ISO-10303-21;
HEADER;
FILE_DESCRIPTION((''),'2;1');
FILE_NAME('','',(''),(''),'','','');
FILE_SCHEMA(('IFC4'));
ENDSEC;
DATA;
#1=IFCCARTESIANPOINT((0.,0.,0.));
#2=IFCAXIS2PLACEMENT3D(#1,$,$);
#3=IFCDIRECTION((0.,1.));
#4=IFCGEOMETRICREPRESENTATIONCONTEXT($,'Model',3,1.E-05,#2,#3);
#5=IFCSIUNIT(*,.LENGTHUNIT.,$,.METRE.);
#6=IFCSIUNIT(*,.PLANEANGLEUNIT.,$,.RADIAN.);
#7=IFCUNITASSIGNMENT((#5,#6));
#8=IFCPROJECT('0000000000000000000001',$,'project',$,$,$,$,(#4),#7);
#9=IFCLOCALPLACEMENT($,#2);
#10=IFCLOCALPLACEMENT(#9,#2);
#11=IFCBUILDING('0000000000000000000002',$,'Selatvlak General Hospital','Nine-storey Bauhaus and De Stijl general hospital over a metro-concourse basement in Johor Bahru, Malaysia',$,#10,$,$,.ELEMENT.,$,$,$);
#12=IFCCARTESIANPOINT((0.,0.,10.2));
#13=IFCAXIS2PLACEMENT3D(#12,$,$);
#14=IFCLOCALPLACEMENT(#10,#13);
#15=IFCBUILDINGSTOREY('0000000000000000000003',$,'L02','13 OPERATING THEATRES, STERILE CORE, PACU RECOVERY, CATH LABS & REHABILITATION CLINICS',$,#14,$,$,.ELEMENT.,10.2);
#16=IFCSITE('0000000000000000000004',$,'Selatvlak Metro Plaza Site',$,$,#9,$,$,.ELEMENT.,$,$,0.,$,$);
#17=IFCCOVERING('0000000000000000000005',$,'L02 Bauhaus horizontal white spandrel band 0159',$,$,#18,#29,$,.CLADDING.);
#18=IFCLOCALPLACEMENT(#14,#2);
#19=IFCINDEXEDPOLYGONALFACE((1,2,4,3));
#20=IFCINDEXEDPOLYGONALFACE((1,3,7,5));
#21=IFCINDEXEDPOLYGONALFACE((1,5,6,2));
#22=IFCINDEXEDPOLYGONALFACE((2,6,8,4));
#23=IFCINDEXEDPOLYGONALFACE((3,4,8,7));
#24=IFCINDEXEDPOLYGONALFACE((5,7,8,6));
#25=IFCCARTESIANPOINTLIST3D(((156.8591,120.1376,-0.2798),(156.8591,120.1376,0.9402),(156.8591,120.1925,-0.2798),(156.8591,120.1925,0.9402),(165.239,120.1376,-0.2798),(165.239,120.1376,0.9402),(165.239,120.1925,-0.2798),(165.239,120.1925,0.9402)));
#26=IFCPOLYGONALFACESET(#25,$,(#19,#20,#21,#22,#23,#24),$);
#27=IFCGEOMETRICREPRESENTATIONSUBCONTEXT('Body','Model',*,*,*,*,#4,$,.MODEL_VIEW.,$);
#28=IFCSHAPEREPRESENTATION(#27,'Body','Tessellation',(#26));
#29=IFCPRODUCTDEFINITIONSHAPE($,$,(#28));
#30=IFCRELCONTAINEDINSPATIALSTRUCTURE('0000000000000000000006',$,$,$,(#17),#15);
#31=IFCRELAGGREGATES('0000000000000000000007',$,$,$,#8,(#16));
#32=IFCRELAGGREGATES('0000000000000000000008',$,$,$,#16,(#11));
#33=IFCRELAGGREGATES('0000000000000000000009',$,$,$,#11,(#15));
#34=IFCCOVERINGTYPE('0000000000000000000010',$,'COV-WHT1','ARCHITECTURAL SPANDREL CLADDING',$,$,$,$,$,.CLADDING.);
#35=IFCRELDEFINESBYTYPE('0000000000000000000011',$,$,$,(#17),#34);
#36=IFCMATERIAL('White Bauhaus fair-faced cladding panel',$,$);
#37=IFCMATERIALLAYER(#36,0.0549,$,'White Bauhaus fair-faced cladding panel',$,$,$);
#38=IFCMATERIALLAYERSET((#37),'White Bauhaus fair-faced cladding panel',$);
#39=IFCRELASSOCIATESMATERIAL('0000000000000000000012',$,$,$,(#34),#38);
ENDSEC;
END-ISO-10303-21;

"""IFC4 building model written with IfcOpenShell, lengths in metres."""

from ifc_helpers import new_model, si_unit, direction, frame, origin, origin_2d, place, context, subcontext, project, spatial, rectangle, extrude, material, layer, layer_set, type_object, element, save


model = new_model("IFC4")

# Units and contexts
model_context = context("Model", 3, precision=1e-05, world=origin(), true_north=direction((0.0, 1.0)))
body_context = subcontext(model_context, "Body", "Model", "MODEL_VIEW")
ifc_project = project(units=[si_unit("LENGTHUNIT", "METRE"), si_unit("PLANEANGLEUNIT", "RADIAN")], contexts=[model_context])

# Site, building, storey
site_placement = place(None, origin())
site = spatial("IfcSite", under=ifc_project, at=site_placement, Name="Selatvlak Metro Plaza Site", CompositionType="ELEMENT", RefElevation=0.0)
building_placement = place(site_placement, origin())
building = spatial("IfcBuilding", under=site, at=building_placement, Name="Selatvlak General Hospital", Description="Nine-storey Bauhaus and De Stijl general hospital over a metro-concourse basement in Johor Bahru, Malaysia", CompositionType="ELEMENT")
storey_placement = place(building_placement, frame((0.0, 0.0, 10.2)))
storey = spatial("IfcBuildingStorey", under=building, at=storey_placement, Name="L02", Description="13 OPERATING THEATRES, STERILE CORE, PACU RECOVERY, CATH LABS & REHABILITATION CLINICS", CompositionType="ELEMENT", Elevation=10.2)

# Covering
ifc_material_1 = material(Name="White Bauhaus fair-faced cladding panel")
ifc_layer_1 = layer(ifc_material_1, 0.0549, Name="White Bauhaus fair-faced cladding panel")
ifc_layer_set_1 = layer_set([ifc_layer_1], Name="White Bauhaus fair-faced cladding panel")
covering_type = type_object("IfcCoveringType", Name="COV-WHT1", Description="ARCHITECTURAL SPANDREL CLADDING", PredefinedType="CLADDING", material=ifc_layer_set_1)
covering_placement = place(storey_placement, frame((161.0491, 120.165, -0.2798), z_axis=(0.0, 0.0, 1.0), x_axis=(1.0, 0.0, 0.0)))
element("IfcCovering", 1, at=covering_placement, inside=storey, type_object=covering_type, Name="L02 Bauhaus horizontal white spandrel band 0159", PredefinedType="CLADDING", context=body_context, shape_type="SweptSolid", body=[
    extrude(rectangle(XDim=8.3799, YDim=0.0549, at=origin_2d()), origin(), (0.0, 0.0, 1.0), 1.22),
])

save(model, "model.ifc")
